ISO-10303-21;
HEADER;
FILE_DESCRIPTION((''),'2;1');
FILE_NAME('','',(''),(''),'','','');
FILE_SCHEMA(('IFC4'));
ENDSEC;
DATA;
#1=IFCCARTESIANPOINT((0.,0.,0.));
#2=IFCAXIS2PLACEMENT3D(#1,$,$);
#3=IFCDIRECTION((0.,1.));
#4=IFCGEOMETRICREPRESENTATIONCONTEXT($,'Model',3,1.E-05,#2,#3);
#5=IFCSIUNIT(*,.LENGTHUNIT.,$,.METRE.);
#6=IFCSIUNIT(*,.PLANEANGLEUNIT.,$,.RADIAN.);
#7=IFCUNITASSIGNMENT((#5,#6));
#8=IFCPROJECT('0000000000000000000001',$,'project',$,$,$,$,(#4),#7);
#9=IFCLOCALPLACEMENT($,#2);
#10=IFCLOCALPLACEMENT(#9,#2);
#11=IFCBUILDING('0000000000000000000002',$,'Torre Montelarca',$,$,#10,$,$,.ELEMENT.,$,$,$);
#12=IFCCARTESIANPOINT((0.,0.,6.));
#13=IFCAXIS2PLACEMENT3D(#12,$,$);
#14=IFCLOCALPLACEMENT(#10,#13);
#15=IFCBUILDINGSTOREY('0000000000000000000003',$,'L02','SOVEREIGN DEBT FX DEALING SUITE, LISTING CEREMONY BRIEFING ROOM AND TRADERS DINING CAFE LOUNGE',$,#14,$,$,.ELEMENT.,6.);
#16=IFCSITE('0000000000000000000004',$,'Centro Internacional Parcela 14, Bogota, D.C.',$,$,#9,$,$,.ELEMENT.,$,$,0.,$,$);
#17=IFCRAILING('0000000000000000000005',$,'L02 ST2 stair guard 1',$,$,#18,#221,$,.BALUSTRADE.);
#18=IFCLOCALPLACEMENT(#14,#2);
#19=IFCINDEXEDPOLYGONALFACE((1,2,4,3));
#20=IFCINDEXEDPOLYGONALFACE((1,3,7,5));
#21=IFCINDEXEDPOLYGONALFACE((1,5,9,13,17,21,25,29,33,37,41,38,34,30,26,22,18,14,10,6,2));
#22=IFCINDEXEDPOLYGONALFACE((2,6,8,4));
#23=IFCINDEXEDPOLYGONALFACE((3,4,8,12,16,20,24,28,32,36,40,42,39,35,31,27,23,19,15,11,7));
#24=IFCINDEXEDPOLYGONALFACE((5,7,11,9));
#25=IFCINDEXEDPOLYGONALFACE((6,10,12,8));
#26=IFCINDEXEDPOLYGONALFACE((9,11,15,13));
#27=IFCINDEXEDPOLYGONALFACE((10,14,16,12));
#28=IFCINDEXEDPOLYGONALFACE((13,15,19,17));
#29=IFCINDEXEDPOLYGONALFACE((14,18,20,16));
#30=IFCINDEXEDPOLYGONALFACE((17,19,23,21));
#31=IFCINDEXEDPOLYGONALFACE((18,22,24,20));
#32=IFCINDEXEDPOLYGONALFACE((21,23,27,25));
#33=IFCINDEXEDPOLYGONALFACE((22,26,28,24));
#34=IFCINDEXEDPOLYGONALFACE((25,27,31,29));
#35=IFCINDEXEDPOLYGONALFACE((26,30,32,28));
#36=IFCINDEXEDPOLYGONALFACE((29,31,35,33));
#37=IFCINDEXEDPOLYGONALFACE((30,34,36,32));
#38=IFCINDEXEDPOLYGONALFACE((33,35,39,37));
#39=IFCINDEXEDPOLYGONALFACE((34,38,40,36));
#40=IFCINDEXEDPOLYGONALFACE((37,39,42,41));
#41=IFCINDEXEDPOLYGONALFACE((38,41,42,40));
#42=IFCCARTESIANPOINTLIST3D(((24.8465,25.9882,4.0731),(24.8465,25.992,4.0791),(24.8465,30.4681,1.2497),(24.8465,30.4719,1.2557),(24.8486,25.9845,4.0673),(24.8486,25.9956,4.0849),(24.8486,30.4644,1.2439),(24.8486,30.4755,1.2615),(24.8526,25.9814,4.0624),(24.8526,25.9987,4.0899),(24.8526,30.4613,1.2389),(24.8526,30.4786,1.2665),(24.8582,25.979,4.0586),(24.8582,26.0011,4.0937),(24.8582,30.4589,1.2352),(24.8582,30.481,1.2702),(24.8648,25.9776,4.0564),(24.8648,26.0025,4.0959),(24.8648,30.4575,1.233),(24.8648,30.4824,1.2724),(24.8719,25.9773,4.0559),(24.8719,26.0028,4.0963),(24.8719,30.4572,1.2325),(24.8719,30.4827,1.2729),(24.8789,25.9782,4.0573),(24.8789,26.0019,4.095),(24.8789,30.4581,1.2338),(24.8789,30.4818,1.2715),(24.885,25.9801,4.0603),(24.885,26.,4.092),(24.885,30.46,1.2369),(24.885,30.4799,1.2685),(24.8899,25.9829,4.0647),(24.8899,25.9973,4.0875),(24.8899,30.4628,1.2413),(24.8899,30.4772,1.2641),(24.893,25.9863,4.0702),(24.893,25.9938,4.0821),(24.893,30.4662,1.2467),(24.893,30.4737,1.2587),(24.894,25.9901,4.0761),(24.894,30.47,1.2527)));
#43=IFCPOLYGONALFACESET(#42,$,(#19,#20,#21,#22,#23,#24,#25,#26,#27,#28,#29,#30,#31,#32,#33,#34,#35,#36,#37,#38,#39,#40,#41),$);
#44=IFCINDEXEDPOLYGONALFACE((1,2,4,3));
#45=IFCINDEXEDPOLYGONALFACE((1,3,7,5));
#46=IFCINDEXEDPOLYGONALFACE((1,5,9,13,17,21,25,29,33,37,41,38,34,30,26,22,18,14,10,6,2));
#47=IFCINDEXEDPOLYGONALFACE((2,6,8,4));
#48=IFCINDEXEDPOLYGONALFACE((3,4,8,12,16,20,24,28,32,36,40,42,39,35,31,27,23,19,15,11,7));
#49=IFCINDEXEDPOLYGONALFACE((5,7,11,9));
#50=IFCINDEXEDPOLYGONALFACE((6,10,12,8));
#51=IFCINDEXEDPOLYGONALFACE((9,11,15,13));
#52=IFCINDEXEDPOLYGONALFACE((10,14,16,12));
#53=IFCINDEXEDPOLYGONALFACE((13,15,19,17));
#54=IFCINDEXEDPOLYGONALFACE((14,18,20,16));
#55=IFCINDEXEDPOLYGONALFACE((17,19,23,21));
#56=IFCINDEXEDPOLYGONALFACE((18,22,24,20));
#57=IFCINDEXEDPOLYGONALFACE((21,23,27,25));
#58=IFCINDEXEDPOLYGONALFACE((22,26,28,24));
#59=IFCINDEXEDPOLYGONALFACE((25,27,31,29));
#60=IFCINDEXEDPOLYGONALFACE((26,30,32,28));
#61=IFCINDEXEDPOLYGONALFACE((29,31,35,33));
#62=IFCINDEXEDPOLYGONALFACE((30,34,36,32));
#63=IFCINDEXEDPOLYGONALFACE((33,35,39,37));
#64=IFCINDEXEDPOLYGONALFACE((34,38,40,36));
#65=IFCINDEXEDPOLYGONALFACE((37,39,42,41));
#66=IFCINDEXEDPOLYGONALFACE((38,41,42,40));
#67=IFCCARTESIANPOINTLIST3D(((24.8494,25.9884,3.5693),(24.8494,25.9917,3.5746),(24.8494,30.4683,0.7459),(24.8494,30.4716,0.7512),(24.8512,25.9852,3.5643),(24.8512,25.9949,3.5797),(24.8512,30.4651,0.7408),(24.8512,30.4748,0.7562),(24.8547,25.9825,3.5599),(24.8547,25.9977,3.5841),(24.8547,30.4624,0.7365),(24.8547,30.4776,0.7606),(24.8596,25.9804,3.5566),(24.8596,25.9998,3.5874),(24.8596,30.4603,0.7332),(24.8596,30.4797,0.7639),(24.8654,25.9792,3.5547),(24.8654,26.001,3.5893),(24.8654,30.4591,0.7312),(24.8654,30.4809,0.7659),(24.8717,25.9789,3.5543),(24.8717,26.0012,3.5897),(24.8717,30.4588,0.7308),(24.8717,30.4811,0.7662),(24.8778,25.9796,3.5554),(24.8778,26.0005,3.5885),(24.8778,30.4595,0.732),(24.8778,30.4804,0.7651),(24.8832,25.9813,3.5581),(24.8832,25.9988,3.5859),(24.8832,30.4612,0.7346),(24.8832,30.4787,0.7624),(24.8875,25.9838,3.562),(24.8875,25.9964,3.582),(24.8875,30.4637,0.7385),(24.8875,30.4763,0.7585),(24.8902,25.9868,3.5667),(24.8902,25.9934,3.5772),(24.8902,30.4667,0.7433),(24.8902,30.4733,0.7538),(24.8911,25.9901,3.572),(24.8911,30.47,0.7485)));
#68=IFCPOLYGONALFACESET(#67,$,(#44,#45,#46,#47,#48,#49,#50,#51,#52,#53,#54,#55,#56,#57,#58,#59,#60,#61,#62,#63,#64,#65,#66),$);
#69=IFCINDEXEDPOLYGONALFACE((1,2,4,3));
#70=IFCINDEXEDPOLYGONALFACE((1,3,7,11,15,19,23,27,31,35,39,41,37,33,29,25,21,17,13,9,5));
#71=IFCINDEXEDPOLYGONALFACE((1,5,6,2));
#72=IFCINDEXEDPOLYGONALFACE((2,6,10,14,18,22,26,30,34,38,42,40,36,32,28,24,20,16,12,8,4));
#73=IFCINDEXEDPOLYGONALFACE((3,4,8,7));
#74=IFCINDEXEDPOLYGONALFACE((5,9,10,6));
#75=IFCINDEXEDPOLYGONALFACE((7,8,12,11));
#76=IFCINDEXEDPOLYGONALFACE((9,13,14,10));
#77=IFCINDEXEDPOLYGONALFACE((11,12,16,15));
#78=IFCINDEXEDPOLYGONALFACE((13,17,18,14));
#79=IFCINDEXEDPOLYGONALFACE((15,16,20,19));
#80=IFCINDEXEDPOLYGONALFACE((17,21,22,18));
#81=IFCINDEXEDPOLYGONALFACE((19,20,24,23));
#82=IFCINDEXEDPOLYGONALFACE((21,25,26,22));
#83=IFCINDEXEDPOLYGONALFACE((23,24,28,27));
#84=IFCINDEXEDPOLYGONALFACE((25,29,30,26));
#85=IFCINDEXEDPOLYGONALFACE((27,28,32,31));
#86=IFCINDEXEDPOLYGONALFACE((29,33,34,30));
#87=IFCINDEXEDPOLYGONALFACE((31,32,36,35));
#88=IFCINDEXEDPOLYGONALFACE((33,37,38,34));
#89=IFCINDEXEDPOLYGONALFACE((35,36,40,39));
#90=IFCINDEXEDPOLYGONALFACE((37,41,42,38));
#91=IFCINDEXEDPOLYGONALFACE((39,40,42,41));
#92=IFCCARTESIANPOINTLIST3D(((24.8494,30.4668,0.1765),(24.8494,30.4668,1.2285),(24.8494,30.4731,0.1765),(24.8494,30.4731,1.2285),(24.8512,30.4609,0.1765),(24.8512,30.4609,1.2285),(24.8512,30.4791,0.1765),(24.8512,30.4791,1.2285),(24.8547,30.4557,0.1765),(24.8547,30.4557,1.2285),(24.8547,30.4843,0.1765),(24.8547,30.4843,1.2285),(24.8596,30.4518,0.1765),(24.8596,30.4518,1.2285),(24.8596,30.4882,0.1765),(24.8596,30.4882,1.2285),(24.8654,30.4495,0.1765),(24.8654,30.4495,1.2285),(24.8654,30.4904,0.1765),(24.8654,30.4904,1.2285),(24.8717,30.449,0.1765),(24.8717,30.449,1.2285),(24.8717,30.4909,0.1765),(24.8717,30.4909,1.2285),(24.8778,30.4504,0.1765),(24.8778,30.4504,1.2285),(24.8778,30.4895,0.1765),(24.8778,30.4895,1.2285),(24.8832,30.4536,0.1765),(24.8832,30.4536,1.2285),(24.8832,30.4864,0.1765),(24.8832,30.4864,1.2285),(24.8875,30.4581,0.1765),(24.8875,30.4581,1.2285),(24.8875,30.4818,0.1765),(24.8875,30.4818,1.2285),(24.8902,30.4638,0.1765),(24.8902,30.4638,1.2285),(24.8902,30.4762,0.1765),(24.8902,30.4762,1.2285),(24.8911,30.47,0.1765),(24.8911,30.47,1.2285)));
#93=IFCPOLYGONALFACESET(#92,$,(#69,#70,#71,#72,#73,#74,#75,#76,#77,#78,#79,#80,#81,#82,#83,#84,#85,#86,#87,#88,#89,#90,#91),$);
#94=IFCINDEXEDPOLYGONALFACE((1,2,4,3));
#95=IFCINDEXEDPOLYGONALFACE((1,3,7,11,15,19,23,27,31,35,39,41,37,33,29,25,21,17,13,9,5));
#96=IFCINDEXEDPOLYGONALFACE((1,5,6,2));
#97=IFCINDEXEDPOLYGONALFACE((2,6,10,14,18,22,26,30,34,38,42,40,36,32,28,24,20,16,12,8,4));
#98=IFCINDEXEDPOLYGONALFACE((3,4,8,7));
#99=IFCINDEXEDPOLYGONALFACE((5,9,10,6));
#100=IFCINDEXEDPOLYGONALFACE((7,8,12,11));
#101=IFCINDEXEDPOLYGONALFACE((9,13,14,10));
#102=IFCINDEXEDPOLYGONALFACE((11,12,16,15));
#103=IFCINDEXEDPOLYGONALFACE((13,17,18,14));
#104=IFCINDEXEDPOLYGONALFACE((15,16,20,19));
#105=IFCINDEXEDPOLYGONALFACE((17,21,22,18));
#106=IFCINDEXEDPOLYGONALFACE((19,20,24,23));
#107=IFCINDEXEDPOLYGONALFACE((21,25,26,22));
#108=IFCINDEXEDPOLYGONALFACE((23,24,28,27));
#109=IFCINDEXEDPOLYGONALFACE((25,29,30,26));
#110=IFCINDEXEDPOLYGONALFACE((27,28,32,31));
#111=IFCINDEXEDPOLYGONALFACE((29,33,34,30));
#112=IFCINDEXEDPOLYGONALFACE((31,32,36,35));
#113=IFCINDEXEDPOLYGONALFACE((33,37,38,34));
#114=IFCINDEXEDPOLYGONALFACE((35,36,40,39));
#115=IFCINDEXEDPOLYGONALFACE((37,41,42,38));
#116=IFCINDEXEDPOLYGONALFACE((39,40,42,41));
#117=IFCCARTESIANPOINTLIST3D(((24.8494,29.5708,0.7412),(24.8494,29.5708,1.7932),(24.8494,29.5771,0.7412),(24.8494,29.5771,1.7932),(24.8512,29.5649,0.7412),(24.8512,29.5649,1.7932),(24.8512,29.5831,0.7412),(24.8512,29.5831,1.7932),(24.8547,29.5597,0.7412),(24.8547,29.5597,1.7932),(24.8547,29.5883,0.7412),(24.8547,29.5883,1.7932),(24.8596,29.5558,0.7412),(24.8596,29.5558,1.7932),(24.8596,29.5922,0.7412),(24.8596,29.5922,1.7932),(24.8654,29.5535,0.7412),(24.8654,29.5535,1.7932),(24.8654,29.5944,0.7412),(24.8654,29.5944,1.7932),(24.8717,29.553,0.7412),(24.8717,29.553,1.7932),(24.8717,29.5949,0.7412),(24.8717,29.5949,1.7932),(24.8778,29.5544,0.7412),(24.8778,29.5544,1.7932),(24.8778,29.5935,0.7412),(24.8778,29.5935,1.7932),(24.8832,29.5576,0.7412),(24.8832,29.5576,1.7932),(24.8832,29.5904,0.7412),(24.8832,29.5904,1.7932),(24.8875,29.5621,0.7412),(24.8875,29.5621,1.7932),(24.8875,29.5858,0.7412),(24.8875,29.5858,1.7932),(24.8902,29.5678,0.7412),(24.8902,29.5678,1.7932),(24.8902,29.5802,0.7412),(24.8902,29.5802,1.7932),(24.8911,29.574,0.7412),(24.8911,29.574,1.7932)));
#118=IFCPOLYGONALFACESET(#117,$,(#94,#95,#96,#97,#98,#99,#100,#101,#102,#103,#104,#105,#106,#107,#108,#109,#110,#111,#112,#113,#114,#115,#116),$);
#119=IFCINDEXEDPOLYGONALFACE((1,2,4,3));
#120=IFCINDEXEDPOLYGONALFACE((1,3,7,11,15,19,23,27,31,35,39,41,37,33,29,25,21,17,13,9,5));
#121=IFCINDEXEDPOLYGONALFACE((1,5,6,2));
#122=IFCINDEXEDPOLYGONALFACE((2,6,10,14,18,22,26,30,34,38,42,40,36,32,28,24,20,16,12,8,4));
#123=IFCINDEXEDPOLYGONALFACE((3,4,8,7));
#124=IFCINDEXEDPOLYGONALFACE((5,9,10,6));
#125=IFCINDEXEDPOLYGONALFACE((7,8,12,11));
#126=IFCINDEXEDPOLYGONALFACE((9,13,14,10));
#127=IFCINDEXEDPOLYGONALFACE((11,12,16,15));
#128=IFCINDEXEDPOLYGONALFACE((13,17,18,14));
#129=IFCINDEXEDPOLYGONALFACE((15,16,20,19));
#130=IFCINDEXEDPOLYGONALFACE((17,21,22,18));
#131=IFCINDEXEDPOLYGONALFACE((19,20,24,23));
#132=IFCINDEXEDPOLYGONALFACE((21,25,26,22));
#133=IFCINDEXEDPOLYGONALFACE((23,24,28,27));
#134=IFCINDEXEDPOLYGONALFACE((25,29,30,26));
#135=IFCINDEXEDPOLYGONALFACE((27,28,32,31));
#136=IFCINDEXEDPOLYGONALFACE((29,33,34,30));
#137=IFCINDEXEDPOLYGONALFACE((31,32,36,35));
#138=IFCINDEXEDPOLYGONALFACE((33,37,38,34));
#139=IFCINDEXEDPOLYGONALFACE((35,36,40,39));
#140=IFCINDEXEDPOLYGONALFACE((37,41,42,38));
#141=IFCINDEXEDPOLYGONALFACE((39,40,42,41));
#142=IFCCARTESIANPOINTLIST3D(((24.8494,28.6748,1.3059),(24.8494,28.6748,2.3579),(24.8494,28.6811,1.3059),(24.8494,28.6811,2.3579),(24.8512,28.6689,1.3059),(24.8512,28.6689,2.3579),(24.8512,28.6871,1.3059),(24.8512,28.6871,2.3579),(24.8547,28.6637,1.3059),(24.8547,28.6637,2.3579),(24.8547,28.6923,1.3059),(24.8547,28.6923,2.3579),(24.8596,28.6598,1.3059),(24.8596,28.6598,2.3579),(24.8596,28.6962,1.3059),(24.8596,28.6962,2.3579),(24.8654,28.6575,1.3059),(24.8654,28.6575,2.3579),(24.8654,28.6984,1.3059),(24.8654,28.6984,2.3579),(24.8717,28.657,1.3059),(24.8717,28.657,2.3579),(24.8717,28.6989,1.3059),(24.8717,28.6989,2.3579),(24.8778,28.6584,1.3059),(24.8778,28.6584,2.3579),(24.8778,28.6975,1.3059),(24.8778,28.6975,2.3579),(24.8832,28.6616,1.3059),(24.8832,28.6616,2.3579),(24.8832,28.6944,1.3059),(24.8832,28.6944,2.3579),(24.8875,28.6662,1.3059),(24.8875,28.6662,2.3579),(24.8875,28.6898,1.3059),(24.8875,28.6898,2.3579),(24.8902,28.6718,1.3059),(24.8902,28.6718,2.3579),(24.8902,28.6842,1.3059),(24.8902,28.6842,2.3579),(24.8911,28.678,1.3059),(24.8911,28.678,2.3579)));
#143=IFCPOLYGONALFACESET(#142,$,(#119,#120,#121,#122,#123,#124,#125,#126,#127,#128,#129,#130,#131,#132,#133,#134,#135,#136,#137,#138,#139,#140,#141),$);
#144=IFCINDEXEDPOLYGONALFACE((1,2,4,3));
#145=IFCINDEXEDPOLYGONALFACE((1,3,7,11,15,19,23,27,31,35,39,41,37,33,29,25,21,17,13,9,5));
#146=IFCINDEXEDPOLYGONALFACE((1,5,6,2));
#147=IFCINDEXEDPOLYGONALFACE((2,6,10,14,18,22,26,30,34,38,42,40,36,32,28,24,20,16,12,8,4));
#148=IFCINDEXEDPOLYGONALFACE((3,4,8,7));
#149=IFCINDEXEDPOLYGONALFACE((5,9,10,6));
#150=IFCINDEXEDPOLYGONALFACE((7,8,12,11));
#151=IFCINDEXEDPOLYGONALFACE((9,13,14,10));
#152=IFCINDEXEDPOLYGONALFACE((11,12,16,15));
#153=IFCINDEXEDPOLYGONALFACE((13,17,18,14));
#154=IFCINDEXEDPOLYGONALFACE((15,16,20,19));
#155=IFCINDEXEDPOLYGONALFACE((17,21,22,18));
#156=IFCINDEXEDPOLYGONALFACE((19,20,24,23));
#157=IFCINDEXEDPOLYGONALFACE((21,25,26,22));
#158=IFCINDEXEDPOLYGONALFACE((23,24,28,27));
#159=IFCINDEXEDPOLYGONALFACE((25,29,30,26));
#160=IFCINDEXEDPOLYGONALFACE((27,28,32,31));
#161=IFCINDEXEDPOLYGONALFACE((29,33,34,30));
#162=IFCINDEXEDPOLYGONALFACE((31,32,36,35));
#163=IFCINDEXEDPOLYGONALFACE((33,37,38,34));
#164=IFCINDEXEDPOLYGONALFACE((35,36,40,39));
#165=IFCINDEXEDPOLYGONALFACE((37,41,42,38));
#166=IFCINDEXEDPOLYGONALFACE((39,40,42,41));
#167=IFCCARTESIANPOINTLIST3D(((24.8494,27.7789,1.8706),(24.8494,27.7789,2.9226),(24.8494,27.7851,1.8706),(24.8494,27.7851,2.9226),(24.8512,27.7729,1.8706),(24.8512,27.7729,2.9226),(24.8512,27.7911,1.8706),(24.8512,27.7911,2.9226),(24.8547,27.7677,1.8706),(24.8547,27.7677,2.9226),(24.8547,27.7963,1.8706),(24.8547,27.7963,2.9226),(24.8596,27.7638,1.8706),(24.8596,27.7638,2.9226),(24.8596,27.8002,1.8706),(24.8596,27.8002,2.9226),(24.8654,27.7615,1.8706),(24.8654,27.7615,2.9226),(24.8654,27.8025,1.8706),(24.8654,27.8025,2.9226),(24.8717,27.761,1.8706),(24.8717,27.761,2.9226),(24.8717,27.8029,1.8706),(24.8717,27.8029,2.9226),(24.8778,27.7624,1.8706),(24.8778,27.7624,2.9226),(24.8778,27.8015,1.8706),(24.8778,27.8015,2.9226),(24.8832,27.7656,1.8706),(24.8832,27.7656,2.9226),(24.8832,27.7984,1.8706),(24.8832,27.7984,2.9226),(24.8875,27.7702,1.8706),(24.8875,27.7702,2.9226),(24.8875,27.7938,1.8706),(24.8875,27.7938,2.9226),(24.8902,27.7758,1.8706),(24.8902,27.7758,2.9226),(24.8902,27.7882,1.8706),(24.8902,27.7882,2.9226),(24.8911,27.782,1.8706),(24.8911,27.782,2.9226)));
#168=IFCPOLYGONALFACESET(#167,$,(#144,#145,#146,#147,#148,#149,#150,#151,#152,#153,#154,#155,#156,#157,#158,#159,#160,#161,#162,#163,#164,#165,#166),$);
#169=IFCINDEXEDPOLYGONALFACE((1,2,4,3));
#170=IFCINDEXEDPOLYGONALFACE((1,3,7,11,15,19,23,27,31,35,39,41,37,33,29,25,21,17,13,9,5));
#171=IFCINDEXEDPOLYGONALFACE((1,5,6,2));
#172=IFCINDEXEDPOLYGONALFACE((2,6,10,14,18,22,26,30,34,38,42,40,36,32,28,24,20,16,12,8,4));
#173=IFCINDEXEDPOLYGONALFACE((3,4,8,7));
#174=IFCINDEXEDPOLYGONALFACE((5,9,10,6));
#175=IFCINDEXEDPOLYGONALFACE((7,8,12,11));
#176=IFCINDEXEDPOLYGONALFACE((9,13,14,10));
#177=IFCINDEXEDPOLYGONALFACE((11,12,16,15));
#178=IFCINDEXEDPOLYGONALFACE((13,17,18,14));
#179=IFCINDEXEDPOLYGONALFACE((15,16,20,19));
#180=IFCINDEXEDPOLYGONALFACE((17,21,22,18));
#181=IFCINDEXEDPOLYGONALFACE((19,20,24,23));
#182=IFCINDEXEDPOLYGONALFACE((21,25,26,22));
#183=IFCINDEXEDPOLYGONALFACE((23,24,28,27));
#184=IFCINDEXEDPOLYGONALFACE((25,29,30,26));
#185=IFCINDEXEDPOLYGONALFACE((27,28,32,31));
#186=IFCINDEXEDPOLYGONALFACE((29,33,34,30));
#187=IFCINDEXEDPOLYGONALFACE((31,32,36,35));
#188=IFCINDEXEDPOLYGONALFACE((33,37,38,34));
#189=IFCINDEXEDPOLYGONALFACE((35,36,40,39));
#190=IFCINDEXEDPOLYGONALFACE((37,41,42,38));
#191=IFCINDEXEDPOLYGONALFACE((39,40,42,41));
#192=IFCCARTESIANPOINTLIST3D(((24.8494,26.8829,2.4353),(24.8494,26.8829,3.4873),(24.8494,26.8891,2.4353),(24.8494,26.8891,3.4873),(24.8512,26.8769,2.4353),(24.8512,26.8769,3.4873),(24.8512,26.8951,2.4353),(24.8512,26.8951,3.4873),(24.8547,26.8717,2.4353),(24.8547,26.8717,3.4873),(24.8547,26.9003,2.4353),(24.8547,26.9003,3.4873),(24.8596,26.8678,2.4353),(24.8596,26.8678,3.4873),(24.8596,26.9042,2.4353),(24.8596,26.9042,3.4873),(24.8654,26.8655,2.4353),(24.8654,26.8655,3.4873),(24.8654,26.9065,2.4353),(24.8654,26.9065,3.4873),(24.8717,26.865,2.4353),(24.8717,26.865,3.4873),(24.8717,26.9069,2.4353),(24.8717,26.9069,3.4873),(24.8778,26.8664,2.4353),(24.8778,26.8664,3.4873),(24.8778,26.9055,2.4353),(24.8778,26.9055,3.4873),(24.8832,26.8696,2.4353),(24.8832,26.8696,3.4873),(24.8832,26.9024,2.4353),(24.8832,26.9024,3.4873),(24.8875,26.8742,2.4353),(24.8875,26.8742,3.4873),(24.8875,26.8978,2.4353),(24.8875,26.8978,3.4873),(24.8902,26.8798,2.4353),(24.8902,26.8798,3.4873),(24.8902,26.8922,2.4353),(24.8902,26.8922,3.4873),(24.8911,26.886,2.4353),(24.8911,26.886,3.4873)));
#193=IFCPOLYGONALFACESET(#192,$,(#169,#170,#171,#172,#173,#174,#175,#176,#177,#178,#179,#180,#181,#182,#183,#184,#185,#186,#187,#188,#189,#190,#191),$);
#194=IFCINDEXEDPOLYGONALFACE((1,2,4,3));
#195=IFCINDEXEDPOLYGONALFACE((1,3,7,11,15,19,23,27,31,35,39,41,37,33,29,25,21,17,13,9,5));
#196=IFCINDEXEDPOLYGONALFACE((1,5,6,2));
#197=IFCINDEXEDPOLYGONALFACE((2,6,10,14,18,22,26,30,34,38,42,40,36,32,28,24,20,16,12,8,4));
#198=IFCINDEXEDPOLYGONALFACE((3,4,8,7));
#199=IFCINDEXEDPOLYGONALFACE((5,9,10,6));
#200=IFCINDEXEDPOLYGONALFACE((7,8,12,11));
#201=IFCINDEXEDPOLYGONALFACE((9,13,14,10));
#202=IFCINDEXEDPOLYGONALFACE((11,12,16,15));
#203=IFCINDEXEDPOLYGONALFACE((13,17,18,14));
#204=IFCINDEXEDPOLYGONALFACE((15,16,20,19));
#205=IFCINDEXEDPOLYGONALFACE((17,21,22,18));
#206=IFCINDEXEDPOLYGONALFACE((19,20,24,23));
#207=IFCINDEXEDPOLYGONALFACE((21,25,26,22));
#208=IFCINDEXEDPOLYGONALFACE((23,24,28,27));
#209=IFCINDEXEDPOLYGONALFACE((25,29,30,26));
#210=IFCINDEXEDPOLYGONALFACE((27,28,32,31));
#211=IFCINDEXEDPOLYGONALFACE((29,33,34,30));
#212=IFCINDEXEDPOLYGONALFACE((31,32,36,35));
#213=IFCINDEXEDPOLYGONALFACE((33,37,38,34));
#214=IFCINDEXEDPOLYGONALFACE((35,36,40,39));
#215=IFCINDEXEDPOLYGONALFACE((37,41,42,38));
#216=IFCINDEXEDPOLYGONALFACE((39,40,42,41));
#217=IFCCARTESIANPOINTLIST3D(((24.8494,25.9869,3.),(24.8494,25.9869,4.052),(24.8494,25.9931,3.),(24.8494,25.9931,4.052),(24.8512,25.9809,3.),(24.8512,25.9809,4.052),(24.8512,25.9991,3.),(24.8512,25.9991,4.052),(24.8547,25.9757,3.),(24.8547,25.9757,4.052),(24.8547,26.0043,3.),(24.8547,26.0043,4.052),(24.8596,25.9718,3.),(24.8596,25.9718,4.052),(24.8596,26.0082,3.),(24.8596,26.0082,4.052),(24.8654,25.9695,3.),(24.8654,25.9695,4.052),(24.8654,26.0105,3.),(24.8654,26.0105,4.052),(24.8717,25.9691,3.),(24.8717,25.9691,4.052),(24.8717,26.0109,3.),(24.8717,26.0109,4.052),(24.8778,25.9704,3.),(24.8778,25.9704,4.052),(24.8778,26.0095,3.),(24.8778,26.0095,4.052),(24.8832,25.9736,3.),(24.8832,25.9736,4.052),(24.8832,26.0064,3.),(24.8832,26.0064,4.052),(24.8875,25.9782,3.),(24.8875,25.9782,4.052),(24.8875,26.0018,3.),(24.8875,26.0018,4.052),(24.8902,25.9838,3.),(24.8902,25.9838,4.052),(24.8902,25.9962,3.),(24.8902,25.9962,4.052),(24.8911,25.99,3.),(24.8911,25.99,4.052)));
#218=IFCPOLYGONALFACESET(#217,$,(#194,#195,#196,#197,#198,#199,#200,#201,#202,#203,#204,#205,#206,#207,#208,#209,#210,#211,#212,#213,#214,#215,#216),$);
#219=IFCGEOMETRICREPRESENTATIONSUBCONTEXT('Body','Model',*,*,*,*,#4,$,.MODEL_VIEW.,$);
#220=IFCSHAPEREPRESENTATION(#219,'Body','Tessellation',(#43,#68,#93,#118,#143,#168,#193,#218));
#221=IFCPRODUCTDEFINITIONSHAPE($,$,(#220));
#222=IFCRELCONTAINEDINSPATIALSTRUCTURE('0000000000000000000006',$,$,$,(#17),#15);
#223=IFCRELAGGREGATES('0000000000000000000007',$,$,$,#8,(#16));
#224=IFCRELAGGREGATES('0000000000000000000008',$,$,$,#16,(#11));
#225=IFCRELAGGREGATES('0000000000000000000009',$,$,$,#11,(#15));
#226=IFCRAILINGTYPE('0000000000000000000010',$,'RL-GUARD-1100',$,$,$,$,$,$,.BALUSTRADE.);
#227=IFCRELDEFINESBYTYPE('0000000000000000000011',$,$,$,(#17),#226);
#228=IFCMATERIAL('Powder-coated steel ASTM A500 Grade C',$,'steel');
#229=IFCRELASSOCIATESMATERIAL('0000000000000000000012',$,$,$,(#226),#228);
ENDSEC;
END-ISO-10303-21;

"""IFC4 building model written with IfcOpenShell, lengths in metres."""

from ifc_helpers import new_model, si_unit, direction, frame, origin, origin_2d, place, context, subcontext, project, spatial, circle, extrude, material, type_object, element, save


model = new_model("IFC4")

# Units and contexts
model_context = context("Model", 3, precision=1e-05, world=origin(), true_north=direction((0.0, 1.0)))
body_context = subcontext(model_context, "Body", "Model", "MODEL_VIEW")
ifc_project = project(units=[si_unit("LENGTHUNIT", "METRE"), si_unit("PLANEANGLEUNIT", "RADIAN")], contexts=[model_context])

# Site, building, storey
site_placement = place(None, origin())
site = spatial("IfcSite", under=ifc_project, at=site_placement, Name="Centro Internacional Parcela 14, Bogota, D.C.", CompositionType="ELEMENT", RefElevation=0.0)
building_placement = place(site_placement, origin())
building = spatial("IfcBuilding", under=site, at=building_placement, Name="Torre Montelarca", CompositionType="ELEMENT")
storey_placement = place(building_placement, frame((0.0, 0.0, 6.0)))
storey = spatial("IfcBuildingStorey", under=building, at=storey_placement, Name="L02", Description="SOVEREIGN DEBT FX DEALING SUITE, LISTING CEREMONY BRIEFING ROOM AND TRADERS DINING CAFE LOUNGE", CompositionType="ELEMENT", Elevation=6.0)

# Railing
ifc_material_1 = material(Name="Powder-coated steel ASTM A500 Grade C", Category="steel")
railing_type_1 = type_object("IfcRailingType", Name="RL-GUARD-1100", PredefinedType="BALUSTRADE", material=ifc_material_1)
railing_1_placement = place(storey_placement, frame((24.8701, 30.47, 0.1765)))
element("IfcRailing", 1, at=railing_1_placement, inside=storey, type_object=railing_type_1, Name="L02 ST2 stair guard 1", PredefinedType="BALUSTRADE", context=body_context, shape_type="SweptSolid", body=[
    extrude(circle(Radius=0.0239, at=origin_2d()), frame((0.0, 0.0, 1.0762), z_axis=(0.0, -0.845998, 0.533186), x_axis=(1.0, 0.0, 0.0)), (0.0, 0.0, 1.0), 5.2954),
    extrude(circle(Radius=0.021, at=origin_2d()), frame((0.0, 0.0, 0.572), z_axis=(0.0, -0.845998, 0.533186), x_axis=(1.0, 0.0, 0.0)), (0.0, 0.0, 1.0), 5.2954),
    extrude(circle(Radius=0.021, at=origin_2d()), origin(), (0.0, 0.0, 1.0), 1.052),
    extrude(circle(Radius=0.021, at=origin_2d()), frame((0.0, -0.896, 0.5647)), (0.0, 0.0, 1.0), 1.052),
    extrude(circle(Radius=0.021, at=origin_2d()), frame((0.0, -1.792, 1.1294)), (0.0, 0.0, 1.0), 1.052),
    extrude(circle(Radius=0.021, at=origin_2d()), frame((0.0, -2.688, 1.6941)), (0.0, 0.0, 1.0), 1.052),
    extrude(circle(Radius=0.021, at=origin_2d()), frame((0.0, -3.584, 2.2588)), (0.0, 0.0, 1.0), 1.052),
    extrude(circle(Radius=0.021, at=origin_2d()), frame((0.0, -4.48, 2.8235)), (0.0, 0.0, 1.0), 1.052),
])

save(model, "model.ifc")
